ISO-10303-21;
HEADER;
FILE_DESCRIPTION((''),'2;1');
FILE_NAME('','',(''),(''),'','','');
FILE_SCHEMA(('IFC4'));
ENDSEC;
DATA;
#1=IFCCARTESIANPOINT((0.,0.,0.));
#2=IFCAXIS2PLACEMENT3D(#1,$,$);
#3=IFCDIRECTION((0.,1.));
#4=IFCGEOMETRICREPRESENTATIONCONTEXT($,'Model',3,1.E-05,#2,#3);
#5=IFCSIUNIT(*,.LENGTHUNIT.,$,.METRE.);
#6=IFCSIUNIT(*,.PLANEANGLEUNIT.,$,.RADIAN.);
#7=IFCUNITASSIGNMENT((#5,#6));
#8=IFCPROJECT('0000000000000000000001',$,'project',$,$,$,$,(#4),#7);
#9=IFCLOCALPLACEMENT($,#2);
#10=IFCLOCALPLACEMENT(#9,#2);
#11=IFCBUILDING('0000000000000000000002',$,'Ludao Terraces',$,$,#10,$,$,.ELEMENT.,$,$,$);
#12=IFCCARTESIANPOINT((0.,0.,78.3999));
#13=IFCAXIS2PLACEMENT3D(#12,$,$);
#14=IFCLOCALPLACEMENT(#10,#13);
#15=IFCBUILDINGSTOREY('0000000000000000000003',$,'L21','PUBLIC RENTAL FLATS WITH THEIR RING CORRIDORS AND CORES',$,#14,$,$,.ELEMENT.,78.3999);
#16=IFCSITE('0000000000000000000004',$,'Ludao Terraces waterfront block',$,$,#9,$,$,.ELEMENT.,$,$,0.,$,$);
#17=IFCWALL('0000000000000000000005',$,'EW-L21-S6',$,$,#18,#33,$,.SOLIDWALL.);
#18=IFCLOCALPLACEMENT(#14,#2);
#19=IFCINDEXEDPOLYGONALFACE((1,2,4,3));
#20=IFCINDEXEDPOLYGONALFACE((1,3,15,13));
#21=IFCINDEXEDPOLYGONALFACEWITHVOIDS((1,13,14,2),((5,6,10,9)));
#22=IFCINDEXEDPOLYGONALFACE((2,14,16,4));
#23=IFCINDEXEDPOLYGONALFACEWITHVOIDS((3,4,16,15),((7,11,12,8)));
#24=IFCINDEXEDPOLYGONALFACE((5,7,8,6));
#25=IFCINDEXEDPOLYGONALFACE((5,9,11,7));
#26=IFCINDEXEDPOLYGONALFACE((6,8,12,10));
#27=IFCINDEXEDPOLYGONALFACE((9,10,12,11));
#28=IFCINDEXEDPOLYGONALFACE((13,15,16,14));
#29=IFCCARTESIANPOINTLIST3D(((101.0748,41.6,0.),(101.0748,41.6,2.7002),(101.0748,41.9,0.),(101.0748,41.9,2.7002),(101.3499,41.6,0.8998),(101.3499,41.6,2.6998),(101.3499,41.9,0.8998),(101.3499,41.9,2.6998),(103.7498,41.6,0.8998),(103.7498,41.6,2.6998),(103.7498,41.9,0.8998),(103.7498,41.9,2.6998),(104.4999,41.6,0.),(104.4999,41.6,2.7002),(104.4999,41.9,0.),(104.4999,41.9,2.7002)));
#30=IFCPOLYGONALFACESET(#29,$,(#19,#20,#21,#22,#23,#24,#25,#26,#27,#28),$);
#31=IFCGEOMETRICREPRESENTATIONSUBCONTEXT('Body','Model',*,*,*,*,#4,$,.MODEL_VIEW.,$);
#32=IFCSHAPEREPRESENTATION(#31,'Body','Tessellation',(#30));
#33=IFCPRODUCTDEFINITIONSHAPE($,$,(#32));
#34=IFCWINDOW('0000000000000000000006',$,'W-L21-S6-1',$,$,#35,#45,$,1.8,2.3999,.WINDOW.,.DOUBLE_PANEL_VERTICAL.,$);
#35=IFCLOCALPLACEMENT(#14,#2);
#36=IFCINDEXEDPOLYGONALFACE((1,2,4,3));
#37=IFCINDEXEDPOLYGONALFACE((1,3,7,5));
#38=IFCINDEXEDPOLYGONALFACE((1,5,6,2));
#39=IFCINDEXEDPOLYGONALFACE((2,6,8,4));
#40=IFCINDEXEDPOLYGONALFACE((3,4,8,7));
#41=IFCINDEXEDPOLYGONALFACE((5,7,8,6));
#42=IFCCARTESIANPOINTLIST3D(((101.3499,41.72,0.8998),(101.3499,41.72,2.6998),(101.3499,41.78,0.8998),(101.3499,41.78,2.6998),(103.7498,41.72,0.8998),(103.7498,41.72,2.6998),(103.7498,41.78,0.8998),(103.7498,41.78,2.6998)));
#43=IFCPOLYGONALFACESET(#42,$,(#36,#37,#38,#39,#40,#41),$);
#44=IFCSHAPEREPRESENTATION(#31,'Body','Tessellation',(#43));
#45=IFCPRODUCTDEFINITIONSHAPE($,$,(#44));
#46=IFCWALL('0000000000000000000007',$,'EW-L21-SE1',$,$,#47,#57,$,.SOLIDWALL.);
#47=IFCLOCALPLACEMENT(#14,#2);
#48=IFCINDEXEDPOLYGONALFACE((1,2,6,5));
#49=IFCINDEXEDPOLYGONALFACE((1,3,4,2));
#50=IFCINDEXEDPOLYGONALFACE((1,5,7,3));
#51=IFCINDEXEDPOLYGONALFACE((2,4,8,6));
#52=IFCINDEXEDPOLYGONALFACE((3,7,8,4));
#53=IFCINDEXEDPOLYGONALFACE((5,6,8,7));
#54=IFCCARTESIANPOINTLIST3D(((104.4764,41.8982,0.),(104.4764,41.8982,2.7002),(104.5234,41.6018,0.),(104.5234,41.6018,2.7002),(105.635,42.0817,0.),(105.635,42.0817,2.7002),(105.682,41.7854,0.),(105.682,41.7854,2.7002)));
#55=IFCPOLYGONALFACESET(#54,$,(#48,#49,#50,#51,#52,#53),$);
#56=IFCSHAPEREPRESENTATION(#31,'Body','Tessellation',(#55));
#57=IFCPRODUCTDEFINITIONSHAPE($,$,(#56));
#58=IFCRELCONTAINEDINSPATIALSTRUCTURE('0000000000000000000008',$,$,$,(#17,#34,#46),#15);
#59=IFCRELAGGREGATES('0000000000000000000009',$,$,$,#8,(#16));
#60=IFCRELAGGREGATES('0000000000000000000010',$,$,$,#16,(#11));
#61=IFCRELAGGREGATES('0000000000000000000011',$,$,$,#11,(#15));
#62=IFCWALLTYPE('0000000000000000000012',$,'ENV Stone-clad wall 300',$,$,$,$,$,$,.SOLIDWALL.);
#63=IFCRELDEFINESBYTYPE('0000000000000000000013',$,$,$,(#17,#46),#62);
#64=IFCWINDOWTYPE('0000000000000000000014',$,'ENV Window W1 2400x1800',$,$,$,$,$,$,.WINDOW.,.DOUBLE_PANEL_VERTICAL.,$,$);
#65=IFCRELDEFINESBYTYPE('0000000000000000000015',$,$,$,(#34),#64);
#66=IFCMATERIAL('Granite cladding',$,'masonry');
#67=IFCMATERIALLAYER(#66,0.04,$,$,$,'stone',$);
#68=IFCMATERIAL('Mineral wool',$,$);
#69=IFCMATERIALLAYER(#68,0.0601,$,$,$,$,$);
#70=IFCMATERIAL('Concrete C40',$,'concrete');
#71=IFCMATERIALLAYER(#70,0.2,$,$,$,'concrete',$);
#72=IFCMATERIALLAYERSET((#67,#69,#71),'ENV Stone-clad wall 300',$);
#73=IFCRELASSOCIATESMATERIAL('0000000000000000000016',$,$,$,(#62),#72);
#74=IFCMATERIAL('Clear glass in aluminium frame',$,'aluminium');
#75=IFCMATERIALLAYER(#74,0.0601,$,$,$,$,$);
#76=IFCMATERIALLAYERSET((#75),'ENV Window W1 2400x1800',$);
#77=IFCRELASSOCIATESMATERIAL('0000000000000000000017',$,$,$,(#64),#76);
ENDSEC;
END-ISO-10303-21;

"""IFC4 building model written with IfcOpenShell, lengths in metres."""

from ifc_helpers import new_model, si_unit, direction, frame, frame_2d, origin, place, context, subcontext, project, spatial, rectangle, extrude, material, layer, layer_set, type_object, element, fill, save


model = new_model("IFC4")

# Units and contexts
model_context = context("Model", 3, precision=1e-05, world=origin(), true_north=direction((0.0, 1.0)))
body_context = subcontext(model_context, "Body", "Model", "MODEL_VIEW")
ifc_project = project(units=[si_unit("LENGTHUNIT", "METRE"), si_unit("PLANEANGLEUNIT", "RADIAN")], contexts=[model_context])

# Site, building, storey
site_placement = place(None, origin())
site = spatial("IfcSite", under=ifc_project, at=site_placement, Name="Ludao Terraces waterfront block", CompositionType="ELEMENT", RefElevation=0.0)
building_placement = place(site_placement, origin())
building = spatial("IfcBuilding", under=site, at=building_placement, Name="Ludao Terraces", CompositionType="ELEMENT")
storey_placement = place(building_placement, frame((0.0, 0.0, 78.3999)))
storey = spatial("IfcBuildingStorey", under=building, at=storey_placement, Name="L21", Description="PUBLIC RENTAL FLATS WITH THEIR RING CORRIDORS AND CORES", CompositionType="ELEMENT", Elevation=78.3999)

# Wall, opening, window
ifc_material_1 = material(Name="Granite cladding", Category="masonry")
ifc_layer_1 = layer(ifc_material_1, 0.04, Category="stone")
ifc_material_2 = material(Name="Mineral wool")
ifc_layer_2 = layer(ifc_material_2, 0.0601)
ifc_material_3 = material(Name="Concrete C40", Category="concrete")
ifc_layer_3 = layer(ifc_material_3, 0.2, Category="concrete")
ifc_layer_set_1 = layer_set([ifc_layer_1, ifc_layer_2, ifc_layer_3], Name="ENV Stone-clad wall 300")
wall_type_1 = type_object("IfcWallType", Name="ENV Stone-clad wall 300", PredefinedType="SOLIDWALL", material=ifc_layer_set_1)
wall_1_placement = place(storey_placement, frame((101.075, 41.75, 0.0), z_axis=(0.0, 0.0, 1.0), x_axis=(1.0, 0.0, 0.0)))
wall_1 = element("IfcWall", 1, at=wall_1_placement, inside=storey, type_object=wall_type_1, Name="EW-L21-S6", PredefinedType="SOLIDWALL", context=body_context, shape_type="SweptSolid", body=[
    extrude(rectangle(XDim=3.425, YDim=0.3, at=frame_2d((1.7124, 0.0))), origin(), (0.0, 0.0, 1.0), 2.7002),
])
opening_1_placement = place(wall_1_placement, frame((0.2749, 0.0, 0.8999)))
opening_1 = element("IfcOpeningElement", 2, at=opening_1_placement, cuts=wall_1, PredefinedType="OPENING", context=body_context, shape_type="SweptSolid", body=[
    extrude(rectangle(XDim=2.3999, YDim=1.8, at=frame_2d((1.2, 0.8999))), frame((0.0, 0.1602, 0.0), z_axis=(0.0, -1.0, 0.0), x_axis=(1.0, 0.0, 0.0)), (0.0, 0.0, 1.0), 0.3201),
])
ifc_material_4 = material(Name="Clear glass in aluminium frame", Category="aluminium")
ifc_layer_4 = layer(ifc_material_4, 0.0601)
ifc_layer_set_2 = layer_set([ifc_layer_4], Name="ENV Window W1 2400x1800")
window_type = type_object("IfcWindowType", Name="ENV Window W1 2400x1800", PartitioningType="DOUBLE_PANEL_VERTICAL", PredefinedType="WINDOW", material=ifc_layer_set_2)
window_placement = place(opening_1_placement, origin())
window = element("IfcWindow", 3, at=window_placement, inside=storey, type_object=window_type, Name="W-L21-S6-1", OverallHeight=1.8, OverallWidth=2.3999, PartitioningType="DOUBLE_PANEL_VERTICAL", PredefinedType="WINDOW", context=body_context, shape_type="SweptSolid", body=[
    extrude(rectangle(XDim=2.3999, YDim=1.8, at=frame_2d((1.2, 0.8999))), frame((0.0, 0.03, 0.0), z_axis=(0.0, -1.0, 0.0), x_axis=(1.0, 0.0, 0.0)), (0.0, 0.0, 1.0), 0.0601),
])
fill(opening_1, window)

# Wall
wall_2_placement = place(storey_placement, frame((104.5, 41.75, 0.0), z_axis=(0.0, 0.0, 1.0), x_axis=(0.987678, 0.156497, 0.0)))
element("IfcWall", 4, at=wall_2_placement, inside=storey, type_object=wall_type_1, Name="EW-L21-SE1", PredefinedType="SOLIDWALL", context=body_context, shape_type="SweptSolid", body=[
    extrude(rectangle(XDim=1.1731, YDim=0.3, at=frame_2d((0.5864, 0.0))), origin(), (0.0, 0.0, 1.0), 2.7002),
])

save(model, "model.ifc")
